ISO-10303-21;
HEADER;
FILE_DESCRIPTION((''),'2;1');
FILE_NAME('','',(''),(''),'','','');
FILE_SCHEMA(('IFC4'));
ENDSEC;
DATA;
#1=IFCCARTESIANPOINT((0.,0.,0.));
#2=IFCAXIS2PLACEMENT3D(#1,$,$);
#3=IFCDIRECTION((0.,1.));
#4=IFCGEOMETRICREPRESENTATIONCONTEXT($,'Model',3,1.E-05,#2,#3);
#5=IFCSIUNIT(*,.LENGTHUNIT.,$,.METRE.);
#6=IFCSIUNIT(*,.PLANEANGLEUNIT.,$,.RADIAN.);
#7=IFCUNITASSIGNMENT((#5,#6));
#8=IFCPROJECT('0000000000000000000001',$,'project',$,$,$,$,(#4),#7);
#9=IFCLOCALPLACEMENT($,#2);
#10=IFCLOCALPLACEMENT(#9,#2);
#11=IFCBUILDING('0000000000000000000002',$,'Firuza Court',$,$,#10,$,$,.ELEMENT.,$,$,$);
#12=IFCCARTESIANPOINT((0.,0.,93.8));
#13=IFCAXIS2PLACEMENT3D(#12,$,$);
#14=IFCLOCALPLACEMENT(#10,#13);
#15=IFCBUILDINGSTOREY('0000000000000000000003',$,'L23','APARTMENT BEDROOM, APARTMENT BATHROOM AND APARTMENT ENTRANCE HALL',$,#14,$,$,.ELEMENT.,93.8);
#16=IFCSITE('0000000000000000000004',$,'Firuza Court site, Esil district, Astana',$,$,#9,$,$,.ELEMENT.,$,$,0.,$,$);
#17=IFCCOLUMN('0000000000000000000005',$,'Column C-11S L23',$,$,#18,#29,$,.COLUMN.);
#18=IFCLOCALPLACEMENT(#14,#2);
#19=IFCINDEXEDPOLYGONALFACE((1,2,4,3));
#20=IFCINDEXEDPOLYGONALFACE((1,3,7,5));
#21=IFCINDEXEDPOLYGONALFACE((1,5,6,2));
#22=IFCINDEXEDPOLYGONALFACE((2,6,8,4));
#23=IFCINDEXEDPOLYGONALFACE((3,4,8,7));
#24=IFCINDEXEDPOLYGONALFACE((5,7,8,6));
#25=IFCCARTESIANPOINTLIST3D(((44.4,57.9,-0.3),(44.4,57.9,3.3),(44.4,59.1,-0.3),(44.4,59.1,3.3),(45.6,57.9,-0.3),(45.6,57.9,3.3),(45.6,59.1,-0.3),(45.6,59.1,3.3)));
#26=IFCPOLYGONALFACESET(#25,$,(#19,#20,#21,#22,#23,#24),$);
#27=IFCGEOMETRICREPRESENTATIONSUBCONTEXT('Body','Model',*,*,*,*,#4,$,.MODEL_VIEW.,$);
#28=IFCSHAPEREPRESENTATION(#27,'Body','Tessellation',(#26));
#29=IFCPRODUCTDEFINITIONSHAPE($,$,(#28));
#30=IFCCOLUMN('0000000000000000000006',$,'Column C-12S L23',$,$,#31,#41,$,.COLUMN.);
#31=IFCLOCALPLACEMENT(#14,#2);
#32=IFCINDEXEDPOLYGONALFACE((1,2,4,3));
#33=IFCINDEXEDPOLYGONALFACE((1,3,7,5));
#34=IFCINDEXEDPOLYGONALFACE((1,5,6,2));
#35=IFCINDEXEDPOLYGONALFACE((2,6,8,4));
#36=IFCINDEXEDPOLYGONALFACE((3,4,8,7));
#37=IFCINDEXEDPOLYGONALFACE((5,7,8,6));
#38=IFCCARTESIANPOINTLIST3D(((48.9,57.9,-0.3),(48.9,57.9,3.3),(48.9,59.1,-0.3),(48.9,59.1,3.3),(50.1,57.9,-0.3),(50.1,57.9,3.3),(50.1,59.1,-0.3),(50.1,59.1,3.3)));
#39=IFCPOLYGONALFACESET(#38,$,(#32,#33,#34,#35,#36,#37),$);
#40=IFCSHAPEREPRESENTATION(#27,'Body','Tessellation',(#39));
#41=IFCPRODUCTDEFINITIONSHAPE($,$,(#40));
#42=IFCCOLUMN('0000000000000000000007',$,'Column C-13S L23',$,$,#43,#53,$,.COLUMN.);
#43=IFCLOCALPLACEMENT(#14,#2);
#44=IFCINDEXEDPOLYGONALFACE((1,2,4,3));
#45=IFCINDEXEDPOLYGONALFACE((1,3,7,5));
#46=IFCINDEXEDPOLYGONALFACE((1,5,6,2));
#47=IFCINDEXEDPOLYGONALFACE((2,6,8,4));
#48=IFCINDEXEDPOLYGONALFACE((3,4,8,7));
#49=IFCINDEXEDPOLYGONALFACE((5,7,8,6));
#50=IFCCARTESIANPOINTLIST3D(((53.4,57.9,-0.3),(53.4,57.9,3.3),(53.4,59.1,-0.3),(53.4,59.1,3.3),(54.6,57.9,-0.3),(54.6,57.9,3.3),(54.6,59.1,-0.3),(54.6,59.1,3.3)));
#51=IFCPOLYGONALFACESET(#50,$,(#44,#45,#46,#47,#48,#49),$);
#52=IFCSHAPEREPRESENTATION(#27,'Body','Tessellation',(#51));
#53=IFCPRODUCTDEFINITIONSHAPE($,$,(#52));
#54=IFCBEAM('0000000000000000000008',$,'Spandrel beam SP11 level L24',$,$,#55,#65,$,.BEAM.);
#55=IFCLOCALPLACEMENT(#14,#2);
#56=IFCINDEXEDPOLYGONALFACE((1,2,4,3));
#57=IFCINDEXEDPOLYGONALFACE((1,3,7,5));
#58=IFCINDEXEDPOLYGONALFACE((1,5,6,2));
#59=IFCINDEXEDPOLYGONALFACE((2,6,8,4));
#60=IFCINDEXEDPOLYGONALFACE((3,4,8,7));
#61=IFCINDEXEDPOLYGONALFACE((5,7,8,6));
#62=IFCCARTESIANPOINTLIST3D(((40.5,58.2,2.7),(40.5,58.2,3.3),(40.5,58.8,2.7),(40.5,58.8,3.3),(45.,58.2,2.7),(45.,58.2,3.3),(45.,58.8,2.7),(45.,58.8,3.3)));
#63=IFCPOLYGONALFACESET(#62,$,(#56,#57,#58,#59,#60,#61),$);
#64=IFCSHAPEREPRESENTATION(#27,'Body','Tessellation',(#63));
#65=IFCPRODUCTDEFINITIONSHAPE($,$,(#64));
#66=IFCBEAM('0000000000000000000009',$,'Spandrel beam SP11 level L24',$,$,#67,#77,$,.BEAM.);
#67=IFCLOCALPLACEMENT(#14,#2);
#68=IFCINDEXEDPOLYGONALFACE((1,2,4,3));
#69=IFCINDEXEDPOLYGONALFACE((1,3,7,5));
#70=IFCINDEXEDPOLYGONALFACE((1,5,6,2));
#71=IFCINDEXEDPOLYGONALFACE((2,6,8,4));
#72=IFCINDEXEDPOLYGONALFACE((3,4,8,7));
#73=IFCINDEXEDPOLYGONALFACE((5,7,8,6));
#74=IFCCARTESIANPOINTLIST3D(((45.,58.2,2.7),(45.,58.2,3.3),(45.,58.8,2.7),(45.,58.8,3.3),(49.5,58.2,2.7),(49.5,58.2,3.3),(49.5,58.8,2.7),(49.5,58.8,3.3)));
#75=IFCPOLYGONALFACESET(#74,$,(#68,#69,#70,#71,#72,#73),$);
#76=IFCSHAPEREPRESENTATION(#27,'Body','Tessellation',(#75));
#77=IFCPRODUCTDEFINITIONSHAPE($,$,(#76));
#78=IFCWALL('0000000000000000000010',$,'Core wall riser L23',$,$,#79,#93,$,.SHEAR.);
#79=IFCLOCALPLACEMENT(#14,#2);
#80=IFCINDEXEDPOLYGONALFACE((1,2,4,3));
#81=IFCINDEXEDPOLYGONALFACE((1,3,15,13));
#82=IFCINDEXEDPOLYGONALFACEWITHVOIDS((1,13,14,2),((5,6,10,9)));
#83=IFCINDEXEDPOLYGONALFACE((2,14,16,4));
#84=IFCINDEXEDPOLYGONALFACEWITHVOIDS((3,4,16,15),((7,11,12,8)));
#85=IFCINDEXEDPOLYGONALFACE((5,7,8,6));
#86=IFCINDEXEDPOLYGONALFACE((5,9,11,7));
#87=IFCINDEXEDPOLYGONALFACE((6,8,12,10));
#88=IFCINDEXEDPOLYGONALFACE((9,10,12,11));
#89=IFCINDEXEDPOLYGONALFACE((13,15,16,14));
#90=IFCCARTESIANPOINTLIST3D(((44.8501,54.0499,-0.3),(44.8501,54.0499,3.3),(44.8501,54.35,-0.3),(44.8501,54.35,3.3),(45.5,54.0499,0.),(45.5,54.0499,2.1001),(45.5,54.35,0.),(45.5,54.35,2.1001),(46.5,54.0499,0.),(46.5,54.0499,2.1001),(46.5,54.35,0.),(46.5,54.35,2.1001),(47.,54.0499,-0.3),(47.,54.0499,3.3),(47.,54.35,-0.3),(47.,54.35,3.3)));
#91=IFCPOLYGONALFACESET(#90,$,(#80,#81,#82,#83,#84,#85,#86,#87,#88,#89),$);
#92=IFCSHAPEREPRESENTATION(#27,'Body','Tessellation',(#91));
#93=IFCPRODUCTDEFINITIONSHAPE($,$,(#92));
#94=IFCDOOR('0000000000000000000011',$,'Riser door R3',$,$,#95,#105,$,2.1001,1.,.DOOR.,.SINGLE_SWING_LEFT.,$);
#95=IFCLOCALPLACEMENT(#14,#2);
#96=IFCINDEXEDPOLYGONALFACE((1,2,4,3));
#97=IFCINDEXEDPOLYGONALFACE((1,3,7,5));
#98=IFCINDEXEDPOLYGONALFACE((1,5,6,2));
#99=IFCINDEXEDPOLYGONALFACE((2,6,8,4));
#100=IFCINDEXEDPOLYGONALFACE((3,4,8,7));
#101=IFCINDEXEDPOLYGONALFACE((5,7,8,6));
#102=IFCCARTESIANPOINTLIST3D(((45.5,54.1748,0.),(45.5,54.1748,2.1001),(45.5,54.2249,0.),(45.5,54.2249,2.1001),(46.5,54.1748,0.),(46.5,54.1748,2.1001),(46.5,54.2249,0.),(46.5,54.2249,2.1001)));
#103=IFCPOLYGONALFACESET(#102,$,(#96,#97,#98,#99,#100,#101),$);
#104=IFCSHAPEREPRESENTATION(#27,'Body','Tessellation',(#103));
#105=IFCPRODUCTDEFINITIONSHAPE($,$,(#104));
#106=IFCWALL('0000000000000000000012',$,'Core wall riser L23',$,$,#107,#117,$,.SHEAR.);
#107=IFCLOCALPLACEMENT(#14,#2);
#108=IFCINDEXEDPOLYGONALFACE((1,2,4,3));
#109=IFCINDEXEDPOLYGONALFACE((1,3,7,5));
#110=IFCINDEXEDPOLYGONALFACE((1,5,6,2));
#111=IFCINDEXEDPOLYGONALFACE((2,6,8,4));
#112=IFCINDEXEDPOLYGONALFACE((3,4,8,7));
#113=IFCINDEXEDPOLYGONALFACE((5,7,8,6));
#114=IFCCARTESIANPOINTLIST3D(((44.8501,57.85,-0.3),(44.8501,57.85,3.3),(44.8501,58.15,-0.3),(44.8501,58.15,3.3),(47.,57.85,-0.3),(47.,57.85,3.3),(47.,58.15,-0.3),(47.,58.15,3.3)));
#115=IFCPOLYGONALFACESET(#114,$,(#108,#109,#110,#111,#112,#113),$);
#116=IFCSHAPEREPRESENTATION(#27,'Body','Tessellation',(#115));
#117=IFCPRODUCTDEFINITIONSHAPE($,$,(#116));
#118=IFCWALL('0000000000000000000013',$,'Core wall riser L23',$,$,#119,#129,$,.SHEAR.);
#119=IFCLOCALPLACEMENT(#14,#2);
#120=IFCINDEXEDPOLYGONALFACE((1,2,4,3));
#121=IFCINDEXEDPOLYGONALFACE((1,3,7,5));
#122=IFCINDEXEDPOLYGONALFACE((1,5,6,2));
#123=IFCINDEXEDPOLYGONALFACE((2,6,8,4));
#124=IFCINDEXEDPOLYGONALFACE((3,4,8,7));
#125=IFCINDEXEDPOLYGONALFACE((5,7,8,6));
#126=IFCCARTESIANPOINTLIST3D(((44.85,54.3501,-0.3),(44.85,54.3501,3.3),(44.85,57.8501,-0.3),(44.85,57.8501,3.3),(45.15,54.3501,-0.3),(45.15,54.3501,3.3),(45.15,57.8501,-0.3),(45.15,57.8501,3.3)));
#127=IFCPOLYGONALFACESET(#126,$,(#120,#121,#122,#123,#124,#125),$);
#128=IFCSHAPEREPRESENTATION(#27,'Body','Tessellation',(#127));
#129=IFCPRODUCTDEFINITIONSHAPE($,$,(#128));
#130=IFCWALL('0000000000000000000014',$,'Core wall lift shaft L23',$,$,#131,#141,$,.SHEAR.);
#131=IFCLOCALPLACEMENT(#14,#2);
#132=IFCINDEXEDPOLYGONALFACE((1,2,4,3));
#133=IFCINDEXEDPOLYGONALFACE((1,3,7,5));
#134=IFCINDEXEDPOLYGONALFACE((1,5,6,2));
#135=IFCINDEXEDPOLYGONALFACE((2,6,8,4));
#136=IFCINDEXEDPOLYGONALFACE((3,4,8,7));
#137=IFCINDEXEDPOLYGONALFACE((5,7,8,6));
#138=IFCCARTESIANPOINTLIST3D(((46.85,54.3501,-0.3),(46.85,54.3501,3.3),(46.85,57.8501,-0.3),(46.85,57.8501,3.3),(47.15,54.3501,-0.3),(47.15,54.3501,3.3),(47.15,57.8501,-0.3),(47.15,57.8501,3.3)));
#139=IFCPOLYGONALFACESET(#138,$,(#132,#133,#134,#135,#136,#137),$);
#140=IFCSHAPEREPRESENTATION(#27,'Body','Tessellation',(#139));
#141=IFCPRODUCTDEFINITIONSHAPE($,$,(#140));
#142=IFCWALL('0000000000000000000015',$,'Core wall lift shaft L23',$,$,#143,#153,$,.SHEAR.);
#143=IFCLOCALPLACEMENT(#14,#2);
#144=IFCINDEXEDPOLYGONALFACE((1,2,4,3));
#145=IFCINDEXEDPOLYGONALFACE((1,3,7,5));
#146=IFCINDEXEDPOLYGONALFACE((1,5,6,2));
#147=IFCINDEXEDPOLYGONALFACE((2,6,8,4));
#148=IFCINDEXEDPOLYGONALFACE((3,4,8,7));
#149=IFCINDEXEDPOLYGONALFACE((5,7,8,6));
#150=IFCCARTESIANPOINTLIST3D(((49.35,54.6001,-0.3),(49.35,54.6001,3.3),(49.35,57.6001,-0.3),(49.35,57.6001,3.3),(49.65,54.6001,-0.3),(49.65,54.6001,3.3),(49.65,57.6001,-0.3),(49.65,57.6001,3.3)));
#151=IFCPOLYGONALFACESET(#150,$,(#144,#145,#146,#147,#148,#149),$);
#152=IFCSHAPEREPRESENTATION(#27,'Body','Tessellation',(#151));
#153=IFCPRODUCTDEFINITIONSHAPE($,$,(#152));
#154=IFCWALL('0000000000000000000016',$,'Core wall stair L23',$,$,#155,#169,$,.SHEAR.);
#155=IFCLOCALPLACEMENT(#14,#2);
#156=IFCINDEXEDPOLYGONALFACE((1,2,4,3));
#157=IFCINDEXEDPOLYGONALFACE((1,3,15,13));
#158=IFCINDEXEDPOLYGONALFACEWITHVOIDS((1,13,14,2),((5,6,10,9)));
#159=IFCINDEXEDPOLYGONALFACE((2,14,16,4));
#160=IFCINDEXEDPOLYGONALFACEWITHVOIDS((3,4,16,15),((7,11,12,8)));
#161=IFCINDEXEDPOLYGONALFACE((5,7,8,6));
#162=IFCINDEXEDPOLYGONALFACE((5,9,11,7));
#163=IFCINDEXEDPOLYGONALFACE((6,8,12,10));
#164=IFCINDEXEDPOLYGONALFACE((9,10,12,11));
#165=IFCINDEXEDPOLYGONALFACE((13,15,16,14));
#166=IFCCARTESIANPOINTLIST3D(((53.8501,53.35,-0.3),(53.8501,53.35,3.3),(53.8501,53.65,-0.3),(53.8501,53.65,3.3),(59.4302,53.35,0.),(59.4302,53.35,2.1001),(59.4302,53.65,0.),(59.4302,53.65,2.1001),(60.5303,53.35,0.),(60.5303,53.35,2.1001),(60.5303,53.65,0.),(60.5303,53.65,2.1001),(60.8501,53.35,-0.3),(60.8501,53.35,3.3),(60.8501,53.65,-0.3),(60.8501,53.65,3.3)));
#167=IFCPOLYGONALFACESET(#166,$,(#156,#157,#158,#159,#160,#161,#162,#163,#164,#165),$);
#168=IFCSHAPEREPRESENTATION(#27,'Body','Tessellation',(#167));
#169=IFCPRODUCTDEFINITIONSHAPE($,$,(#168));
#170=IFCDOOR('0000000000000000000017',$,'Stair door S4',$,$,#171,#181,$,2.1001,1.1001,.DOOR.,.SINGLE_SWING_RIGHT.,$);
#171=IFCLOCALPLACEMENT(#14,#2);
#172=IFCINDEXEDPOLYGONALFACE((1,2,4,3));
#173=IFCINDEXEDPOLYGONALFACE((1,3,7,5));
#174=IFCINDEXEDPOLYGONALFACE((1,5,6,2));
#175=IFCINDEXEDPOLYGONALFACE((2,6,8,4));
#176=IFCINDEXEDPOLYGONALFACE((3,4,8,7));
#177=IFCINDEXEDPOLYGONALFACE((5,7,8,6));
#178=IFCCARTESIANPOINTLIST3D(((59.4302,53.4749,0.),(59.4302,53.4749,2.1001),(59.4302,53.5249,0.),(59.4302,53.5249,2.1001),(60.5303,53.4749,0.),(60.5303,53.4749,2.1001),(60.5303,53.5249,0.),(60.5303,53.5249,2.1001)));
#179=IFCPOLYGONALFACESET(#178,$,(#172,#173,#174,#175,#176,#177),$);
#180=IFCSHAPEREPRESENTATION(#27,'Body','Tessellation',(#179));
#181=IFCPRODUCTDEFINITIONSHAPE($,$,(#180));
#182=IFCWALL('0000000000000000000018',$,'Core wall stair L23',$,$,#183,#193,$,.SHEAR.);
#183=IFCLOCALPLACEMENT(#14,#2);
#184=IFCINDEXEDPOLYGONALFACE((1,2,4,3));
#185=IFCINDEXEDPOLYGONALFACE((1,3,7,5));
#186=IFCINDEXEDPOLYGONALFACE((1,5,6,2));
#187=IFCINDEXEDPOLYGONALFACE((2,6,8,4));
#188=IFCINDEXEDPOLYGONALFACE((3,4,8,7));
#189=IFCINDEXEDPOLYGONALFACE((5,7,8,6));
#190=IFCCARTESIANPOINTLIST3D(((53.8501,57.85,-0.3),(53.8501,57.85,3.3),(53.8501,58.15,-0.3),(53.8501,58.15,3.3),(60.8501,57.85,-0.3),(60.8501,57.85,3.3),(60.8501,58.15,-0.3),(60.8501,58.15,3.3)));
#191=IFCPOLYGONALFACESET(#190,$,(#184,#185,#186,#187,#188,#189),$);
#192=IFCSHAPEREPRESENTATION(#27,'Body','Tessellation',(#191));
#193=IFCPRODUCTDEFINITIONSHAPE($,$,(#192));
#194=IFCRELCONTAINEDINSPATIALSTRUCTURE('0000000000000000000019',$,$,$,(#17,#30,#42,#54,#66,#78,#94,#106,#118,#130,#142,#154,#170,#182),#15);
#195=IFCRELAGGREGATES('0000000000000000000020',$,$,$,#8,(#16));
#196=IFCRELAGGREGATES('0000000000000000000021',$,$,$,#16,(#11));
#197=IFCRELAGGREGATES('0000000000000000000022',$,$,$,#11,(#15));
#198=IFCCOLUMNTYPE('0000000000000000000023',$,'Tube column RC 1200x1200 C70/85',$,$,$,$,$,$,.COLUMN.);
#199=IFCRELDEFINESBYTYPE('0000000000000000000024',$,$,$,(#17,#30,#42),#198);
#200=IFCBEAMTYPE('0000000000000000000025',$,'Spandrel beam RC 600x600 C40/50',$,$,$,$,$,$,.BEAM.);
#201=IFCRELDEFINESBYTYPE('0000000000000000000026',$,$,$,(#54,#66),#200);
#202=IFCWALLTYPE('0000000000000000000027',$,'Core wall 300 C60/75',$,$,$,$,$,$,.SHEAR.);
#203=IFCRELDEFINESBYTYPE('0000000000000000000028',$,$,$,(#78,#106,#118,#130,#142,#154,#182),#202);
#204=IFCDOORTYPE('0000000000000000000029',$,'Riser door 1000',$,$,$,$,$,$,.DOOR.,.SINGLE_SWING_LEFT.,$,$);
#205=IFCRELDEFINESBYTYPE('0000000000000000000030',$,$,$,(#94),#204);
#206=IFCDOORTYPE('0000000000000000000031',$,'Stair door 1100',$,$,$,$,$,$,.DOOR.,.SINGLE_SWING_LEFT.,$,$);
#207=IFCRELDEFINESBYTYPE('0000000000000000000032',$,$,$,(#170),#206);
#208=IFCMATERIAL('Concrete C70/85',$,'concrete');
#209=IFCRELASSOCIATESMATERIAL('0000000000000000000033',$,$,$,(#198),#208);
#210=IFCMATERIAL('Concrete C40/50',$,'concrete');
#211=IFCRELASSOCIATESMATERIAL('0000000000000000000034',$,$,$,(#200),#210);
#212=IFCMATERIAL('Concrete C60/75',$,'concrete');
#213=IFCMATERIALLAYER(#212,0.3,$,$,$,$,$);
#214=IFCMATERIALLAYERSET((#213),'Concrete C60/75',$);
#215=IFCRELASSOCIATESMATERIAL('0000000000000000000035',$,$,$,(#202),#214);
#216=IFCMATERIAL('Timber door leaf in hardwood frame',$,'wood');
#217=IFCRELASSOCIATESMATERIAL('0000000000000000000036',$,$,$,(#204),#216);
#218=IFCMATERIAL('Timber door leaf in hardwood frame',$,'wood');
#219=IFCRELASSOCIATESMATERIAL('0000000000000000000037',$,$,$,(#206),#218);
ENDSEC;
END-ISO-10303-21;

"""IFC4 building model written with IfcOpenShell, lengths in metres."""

from ifc_helpers import new_model, si_unit, direction, frame, frame_2d, origin, origin_2d, place, context, subcontext, project, spatial, rectangle, extrude, material, layer, layer_set, material_profile, profile_set, type_object, element, fill, save


model = new_model("IFC4")

# Units and contexts
model_context = context("Model", 3, precision=1e-05, world=origin(), true_north=direction((0.0, 1.0)))
body_context = subcontext(model_context, "Body", "Model", "MODEL_VIEW")
ifc_project = project(units=[si_unit("LENGTHUNIT", "METRE"), si_unit("PLANEANGLEUNIT", "RADIAN")], contexts=[model_context])

# Site, building, storey
site_placement = place(None, origin())
site = spatial("IfcSite", under=ifc_project, at=site_placement, Name="Firuza Court site, Esil district, Astana", CompositionType="ELEMENT", RefElevation=0.0)
building_placement = place(site_placement, origin())
building = spatial("IfcBuilding", under=site, at=building_placement, Name="Firuza Court", CompositionType="ELEMENT")
storey_placement = place(building_placement, frame((0.0, 0.0, 93.8)))
storey = spatial("IfcBuildingStorey", under=building, at=storey_placement, Name="L23", Description="APARTMENT BEDROOM, APARTMENT BATHROOM AND APARTMENT ENTRANCE HALL", CompositionType="ELEMENT", Elevation=93.8)

# Columns
ifc_material_1 = material(Name="Concrete C70/85", Category="concrete")
ifc_material_profile_1 = material_profile(ifc_material_1, rectangle(XDim=1.2, YDim=1.2, at=origin_2d()), Name="RC 1200x1200")
ifc_profile_set_1 = profile_set([ifc_material_profile_1], Name="Concrete C70/85")
column_type = type_object("IfcColumnType", Name="Tube column RC 1200x1200 C70/85", PredefinedType="COLUMN", material=ifc_profile_set_1)
for number, where, z_axis, x_axis, name in (
    (1, (45.0, 58.5, -0.3), (0.0, 0.0, 1.0), (1.0, 0.0, 0.0), "Column C-11S L23"),
    (2, (49.5, 58.5, -0.3), (0.0, 0.0, 1.0), (1.0, 0.0, 0.0), "Column C-12S L23"),
    (3, (54.0, 58.5, -0.3), (0.0, 0.0, 1.0), (1.0, 0.0, 0.0), "Column C-13S L23"),
):
    element("IfcColumn", number, at=place(storey_placement, frame(where, z_axis=z_axis, x_axis=x_axis)), inside=storey, type_object=column_type, Name=name, PredefinedType="COLUMN", context=body_context, shape_type="SweptSolid", body=[
        extrude(rectangle(XDim=1.2, YDim=1.2, at=origin_2d()), origin(), (0.0, 0.0, 1.0), 3.6001),
    ])

# Beams
ifc_material_2 = material(Name="Concrete C40/50", Category="concrete")
ifc_material_profile_2 = material_profile(ifc_material_2, rectangle(XDim=0.6001, YDim=0.6001, at=origin_2d()), Name="RC 600x600")
ifc_profile_set_2 = profile_set([ifc_material_profile_2], Name="Concrete C40/50")
beam_type = type_object("IfcBeamType", Name="Spandrel beam RC 600x600 C40/50", PredefinedType="BEAM", material=ifc_profile_set_2)
for number, where, z_axis, x_axis, name in (
    (4, (45.0, 58.5, 3.0), (-1.0, 0.0, 0.0), (0.0, -1.0, 0.0), "Spandrel beam SP11 level L24"),
    (5, (49.5, 58.5, 3.0), (-1.0, 0.0, 0.0), (0.0, -1.0, 0.0), "Spandrel beam SP11 level L24"),
):
    element("IfcBeam", number, at=place(storey_placement, frame(where, z_axis=z_axis, x_axis=x_axis)), inside=storey, type_object=beam_type, Name=name, PredefinedType="BEAM", context=body_context, shape_type="SweptSolid", body=[
        extrude(rectangle(XDim=0.6001, YDim=0.6001, at=origin_2d()), origin(), (0.0, 0.0, 1.0), 4.5),
    ])

# Wall, opening, door
ifc_material_3 = material(Name="Concrete C60/75", Category="concrete")
ifc_layer_1 = layer(ifc_material_3, 0.3)
ifc_layer_set_1 = layer_set([ifc_layer_1], Name="Concrete C60/75")
wall_type_1 = type_object("IfcWallType", Name="Core wall 300 C60/75", PredefinedType="SHEAR", material=ifc_layer_set_1)
wall_1_placement = place(storey_placement, frame((44.8501, 54.2, -0.3), z_axis=(0.0, 0.0, 1.0), x_axis=(1.0, 0.0, 0.0)))
wall_1 = element("IfcWall", 6, at=wall_1_placement, inside=storey, type_object=wall_type_1, Name="Core wall riser L23", PredefinedType="SHEAR", context=body_context, shape_type="SweptSolid", body=[
    extrude(rectangle(XDim=2.1499, YDim=0.3, at=frame_2d((1.075, 0.0))), origin(), (0.0, 0.0, 1.0), 3.6001),
])
opening_1_placement = place(wall_1_placement, frame((0.6499, 0.0, 0.3)))
opening_1 = element("IfcOpeningElement", 7, at=opening_1_placement, cuts=wall_1, PredefinedType="OPENING", context=body_context, shape_type="SweptSolid", body=[
    extrude(rectangle(XDim=1.0, YDim=2.1001, at=frame_2d((0.5, 1.05))), frame((0.0, 0.1621, 0.0), z_axis=(0.0, -1.0, 0.0), x_axis=(1.0, 0.0, 0.0)), (0.0, 0.0, 1.0), 0.324),
])
ifc_material_4 = material(Name="Timber door leaf in hardwood frame", Category="wood")
door_type_1 = type_object("IfcDoorType", Name="Riser door 1000", OperationType="SINGLE_SWING_LEFT", PredefinedType="DOOR", material=ifc_material_4)
door_1_placement = place(opening_1_placement, origin())
door_1 = element("IfcDoor", 8, at=door_1_placement, inside=storey, type_object=door_type_1, Name="Riser door R3", OperationType="SINGLE_SWING_LEFT", OverallHeight=2.1001, OverallWidth=1.0, PredefinedType="DOOR", context=body_context, shape_type="SweptSolid", body=[
    extrude(rectangle(XDim=1.0, YDim=2.1001, at=frame_2d((0.5, 1.05))), frame((0.0, 0.0249, 0.0), z_axis=(0.0, -1.0, 0.0), x_axis=(1.0, 0.0, 0.0)), (0.0, 0.0, 1.0), 0.05),
])
fill(opening_1, door_1)

# Walls
wall_2_placement = place(storey_placement, frame((44.8501, 58.0, -0.3), z_axis=(0.0, 0.0, 1.0), x_axis=(1.0, 0.0, 0.0)))
element("IfcWall", 9, at=wall_2_placement, inside=storey, type_object=wall_type_1, Name="Core wall riser L23", PredefinedType="SHEAR", context=body_context, shape_type="SweptSolid", body=[
    extrude(rectangle(XDim=2.1499, YDim=0.3, at=frame_2d((1.075, 0.0))), origin(), (0.0, 0.0, 1.0), 3.6001),
])
for number, where, z_axis, x_axis, name in (
    (10, (45.0, 54.3501, -0.3), (0.0, 0.0, 1.0), (0.0, 1.0, 0.0), "Core wall riser L23"),
    (11, (47.0, 54.3501, -0.3), (0.0, 0.0, 1.0), (0.0, 1.0, 0.0), "Core wall lift shaft L23"),
):
    element("IfcWall", number, at=place(storey_placement, frame(where, z_axis=z_axis, x_axis=x_axis)), inside=storey, type_object=wall_type_1, Name=name, PredefinedType="SHEAR", context=body_context, shape_type="SweptSolid", body=[
        extrude(rectangle(XDim=3.5, YDim=0.3, at=frame_2d((1.75, 0.0))), origin(), (0.0, 0.0, 1.0), 3.6001),
    ])
wall_3_placement = place(storey_placement, frame((49.5, 54.6001, -0.3), z_axis=(0.0, 0.0, 1.0), x_axis=(0.0, 1.0, 0.0)))
element("IfcWall", 12, at=wall_3_placement, inside=storey, type_object=wall_type_1, Name="Core wall lift shaft L23", PredefinedType="SHEAR", context=body_context, shape_type="SweptSolid", body=[
    extrude(rectangle(XDim=3.0, YDim=0.3, at=frame_2d((1.5, 0.0))), origin(), (0.0, 0.0, 1.0), 3.6001),
])

# Wall, opening, door
wall_4_placement = place(storey_placement, frame((53.8501, 53.5, -0.3), z_axis=(0.0, 0.0, 1.0), x_axis=(1.0, 0.0, 0.0)))
wall_4 = element("IfcWall", 13, at=wall_4_placement, inside=storey, type_object=wall_type_1, Name="Core wall stair L23", PredefinedType="SHEAR", context=body_context, shape_type="SweptSolid", body=[
    extrude(rectangle(XDim=7.0, YDim=0.3, at=frame_2d((3.5, 0.0))), origin(), (0.0, 0.0, 1.0), 3.6001),
])
opening_2_placement = place(wall_4_placement, frame((5.5801, 0.0, 0.3)))
opening_2 = element("IfcOpeningElement", 14, at=opening_2_placement, cuts=wall_4, PredefinedType="OPENING", context=body_context, shape_type="SweptSolid", body=[
    extrude(rectangle(XDim=1.1001, YDim=2.1001, at=frame_2d((0.55, 1.05))), frame((0.0, 0.1621, 0.0), z_axis=(0.0, -1.0, 0.0), x_axis=(1.0, 0.0, 0.0)), (0.0, 0.0, 1.0), 0.324),
])
ifc_material_5 = material(Name="Timber door leaf in hardwood frame", Category="wood")
door_type_2 = type_object("IfcDoorType", Name="Stair door 1100", OperationType="SINGLE_SWING_LEFT", PredefinedType="DOOR", material=ifc_material_5)
door_2_placement = place(opening_2_placement, origin())
door_2 = element("IfcDoor", 15, at=door_2_placement, inside=storey, type_object=door_type_2, Name="Stair door S4", OperationType="SINGLE_SWING_RIGHT", OverallHeight=2.1001, OverallWidth=1.1001, PredefinedType="DOOR", context=body_context, shape_type="SweptSolid", body=[
    extrude(rectangle(XDim=1.1001, YDim=2.1001, at=frame_2d((0.55, 1.05))), frame((0.0, 0.0249, 0.0), z_axis=(0.0, -1.0, 0.0), x_axis=(1.0, 0.0, 0.0)), (0.0, 0.0, 1.0), 0.05),
])
fill(opening_2, door_2)

# Wall
wall_5_placement = place(storey_placement, frame((53.8501, 58.0, -0.3), z_axis=(0.0, 0.0, 1.0), x_axis=(1.0, 0.0, 0.0)))
element("IfcWall", 16, at=wall_5_placement, inside=storey, type_object=wall_type_1, Name="Core wall stair L23", PredefinedType="SHEAR", context=body_context, shape_type="SweptSolid", body=[
    extrude(rectangle(XDim=7.0, YDim=0.3, at=frame_2d((3.5, 0.0))), origin(), (0.0, 0.0, 1.0), 3.6001),
])

save(model, "model.ifc")
